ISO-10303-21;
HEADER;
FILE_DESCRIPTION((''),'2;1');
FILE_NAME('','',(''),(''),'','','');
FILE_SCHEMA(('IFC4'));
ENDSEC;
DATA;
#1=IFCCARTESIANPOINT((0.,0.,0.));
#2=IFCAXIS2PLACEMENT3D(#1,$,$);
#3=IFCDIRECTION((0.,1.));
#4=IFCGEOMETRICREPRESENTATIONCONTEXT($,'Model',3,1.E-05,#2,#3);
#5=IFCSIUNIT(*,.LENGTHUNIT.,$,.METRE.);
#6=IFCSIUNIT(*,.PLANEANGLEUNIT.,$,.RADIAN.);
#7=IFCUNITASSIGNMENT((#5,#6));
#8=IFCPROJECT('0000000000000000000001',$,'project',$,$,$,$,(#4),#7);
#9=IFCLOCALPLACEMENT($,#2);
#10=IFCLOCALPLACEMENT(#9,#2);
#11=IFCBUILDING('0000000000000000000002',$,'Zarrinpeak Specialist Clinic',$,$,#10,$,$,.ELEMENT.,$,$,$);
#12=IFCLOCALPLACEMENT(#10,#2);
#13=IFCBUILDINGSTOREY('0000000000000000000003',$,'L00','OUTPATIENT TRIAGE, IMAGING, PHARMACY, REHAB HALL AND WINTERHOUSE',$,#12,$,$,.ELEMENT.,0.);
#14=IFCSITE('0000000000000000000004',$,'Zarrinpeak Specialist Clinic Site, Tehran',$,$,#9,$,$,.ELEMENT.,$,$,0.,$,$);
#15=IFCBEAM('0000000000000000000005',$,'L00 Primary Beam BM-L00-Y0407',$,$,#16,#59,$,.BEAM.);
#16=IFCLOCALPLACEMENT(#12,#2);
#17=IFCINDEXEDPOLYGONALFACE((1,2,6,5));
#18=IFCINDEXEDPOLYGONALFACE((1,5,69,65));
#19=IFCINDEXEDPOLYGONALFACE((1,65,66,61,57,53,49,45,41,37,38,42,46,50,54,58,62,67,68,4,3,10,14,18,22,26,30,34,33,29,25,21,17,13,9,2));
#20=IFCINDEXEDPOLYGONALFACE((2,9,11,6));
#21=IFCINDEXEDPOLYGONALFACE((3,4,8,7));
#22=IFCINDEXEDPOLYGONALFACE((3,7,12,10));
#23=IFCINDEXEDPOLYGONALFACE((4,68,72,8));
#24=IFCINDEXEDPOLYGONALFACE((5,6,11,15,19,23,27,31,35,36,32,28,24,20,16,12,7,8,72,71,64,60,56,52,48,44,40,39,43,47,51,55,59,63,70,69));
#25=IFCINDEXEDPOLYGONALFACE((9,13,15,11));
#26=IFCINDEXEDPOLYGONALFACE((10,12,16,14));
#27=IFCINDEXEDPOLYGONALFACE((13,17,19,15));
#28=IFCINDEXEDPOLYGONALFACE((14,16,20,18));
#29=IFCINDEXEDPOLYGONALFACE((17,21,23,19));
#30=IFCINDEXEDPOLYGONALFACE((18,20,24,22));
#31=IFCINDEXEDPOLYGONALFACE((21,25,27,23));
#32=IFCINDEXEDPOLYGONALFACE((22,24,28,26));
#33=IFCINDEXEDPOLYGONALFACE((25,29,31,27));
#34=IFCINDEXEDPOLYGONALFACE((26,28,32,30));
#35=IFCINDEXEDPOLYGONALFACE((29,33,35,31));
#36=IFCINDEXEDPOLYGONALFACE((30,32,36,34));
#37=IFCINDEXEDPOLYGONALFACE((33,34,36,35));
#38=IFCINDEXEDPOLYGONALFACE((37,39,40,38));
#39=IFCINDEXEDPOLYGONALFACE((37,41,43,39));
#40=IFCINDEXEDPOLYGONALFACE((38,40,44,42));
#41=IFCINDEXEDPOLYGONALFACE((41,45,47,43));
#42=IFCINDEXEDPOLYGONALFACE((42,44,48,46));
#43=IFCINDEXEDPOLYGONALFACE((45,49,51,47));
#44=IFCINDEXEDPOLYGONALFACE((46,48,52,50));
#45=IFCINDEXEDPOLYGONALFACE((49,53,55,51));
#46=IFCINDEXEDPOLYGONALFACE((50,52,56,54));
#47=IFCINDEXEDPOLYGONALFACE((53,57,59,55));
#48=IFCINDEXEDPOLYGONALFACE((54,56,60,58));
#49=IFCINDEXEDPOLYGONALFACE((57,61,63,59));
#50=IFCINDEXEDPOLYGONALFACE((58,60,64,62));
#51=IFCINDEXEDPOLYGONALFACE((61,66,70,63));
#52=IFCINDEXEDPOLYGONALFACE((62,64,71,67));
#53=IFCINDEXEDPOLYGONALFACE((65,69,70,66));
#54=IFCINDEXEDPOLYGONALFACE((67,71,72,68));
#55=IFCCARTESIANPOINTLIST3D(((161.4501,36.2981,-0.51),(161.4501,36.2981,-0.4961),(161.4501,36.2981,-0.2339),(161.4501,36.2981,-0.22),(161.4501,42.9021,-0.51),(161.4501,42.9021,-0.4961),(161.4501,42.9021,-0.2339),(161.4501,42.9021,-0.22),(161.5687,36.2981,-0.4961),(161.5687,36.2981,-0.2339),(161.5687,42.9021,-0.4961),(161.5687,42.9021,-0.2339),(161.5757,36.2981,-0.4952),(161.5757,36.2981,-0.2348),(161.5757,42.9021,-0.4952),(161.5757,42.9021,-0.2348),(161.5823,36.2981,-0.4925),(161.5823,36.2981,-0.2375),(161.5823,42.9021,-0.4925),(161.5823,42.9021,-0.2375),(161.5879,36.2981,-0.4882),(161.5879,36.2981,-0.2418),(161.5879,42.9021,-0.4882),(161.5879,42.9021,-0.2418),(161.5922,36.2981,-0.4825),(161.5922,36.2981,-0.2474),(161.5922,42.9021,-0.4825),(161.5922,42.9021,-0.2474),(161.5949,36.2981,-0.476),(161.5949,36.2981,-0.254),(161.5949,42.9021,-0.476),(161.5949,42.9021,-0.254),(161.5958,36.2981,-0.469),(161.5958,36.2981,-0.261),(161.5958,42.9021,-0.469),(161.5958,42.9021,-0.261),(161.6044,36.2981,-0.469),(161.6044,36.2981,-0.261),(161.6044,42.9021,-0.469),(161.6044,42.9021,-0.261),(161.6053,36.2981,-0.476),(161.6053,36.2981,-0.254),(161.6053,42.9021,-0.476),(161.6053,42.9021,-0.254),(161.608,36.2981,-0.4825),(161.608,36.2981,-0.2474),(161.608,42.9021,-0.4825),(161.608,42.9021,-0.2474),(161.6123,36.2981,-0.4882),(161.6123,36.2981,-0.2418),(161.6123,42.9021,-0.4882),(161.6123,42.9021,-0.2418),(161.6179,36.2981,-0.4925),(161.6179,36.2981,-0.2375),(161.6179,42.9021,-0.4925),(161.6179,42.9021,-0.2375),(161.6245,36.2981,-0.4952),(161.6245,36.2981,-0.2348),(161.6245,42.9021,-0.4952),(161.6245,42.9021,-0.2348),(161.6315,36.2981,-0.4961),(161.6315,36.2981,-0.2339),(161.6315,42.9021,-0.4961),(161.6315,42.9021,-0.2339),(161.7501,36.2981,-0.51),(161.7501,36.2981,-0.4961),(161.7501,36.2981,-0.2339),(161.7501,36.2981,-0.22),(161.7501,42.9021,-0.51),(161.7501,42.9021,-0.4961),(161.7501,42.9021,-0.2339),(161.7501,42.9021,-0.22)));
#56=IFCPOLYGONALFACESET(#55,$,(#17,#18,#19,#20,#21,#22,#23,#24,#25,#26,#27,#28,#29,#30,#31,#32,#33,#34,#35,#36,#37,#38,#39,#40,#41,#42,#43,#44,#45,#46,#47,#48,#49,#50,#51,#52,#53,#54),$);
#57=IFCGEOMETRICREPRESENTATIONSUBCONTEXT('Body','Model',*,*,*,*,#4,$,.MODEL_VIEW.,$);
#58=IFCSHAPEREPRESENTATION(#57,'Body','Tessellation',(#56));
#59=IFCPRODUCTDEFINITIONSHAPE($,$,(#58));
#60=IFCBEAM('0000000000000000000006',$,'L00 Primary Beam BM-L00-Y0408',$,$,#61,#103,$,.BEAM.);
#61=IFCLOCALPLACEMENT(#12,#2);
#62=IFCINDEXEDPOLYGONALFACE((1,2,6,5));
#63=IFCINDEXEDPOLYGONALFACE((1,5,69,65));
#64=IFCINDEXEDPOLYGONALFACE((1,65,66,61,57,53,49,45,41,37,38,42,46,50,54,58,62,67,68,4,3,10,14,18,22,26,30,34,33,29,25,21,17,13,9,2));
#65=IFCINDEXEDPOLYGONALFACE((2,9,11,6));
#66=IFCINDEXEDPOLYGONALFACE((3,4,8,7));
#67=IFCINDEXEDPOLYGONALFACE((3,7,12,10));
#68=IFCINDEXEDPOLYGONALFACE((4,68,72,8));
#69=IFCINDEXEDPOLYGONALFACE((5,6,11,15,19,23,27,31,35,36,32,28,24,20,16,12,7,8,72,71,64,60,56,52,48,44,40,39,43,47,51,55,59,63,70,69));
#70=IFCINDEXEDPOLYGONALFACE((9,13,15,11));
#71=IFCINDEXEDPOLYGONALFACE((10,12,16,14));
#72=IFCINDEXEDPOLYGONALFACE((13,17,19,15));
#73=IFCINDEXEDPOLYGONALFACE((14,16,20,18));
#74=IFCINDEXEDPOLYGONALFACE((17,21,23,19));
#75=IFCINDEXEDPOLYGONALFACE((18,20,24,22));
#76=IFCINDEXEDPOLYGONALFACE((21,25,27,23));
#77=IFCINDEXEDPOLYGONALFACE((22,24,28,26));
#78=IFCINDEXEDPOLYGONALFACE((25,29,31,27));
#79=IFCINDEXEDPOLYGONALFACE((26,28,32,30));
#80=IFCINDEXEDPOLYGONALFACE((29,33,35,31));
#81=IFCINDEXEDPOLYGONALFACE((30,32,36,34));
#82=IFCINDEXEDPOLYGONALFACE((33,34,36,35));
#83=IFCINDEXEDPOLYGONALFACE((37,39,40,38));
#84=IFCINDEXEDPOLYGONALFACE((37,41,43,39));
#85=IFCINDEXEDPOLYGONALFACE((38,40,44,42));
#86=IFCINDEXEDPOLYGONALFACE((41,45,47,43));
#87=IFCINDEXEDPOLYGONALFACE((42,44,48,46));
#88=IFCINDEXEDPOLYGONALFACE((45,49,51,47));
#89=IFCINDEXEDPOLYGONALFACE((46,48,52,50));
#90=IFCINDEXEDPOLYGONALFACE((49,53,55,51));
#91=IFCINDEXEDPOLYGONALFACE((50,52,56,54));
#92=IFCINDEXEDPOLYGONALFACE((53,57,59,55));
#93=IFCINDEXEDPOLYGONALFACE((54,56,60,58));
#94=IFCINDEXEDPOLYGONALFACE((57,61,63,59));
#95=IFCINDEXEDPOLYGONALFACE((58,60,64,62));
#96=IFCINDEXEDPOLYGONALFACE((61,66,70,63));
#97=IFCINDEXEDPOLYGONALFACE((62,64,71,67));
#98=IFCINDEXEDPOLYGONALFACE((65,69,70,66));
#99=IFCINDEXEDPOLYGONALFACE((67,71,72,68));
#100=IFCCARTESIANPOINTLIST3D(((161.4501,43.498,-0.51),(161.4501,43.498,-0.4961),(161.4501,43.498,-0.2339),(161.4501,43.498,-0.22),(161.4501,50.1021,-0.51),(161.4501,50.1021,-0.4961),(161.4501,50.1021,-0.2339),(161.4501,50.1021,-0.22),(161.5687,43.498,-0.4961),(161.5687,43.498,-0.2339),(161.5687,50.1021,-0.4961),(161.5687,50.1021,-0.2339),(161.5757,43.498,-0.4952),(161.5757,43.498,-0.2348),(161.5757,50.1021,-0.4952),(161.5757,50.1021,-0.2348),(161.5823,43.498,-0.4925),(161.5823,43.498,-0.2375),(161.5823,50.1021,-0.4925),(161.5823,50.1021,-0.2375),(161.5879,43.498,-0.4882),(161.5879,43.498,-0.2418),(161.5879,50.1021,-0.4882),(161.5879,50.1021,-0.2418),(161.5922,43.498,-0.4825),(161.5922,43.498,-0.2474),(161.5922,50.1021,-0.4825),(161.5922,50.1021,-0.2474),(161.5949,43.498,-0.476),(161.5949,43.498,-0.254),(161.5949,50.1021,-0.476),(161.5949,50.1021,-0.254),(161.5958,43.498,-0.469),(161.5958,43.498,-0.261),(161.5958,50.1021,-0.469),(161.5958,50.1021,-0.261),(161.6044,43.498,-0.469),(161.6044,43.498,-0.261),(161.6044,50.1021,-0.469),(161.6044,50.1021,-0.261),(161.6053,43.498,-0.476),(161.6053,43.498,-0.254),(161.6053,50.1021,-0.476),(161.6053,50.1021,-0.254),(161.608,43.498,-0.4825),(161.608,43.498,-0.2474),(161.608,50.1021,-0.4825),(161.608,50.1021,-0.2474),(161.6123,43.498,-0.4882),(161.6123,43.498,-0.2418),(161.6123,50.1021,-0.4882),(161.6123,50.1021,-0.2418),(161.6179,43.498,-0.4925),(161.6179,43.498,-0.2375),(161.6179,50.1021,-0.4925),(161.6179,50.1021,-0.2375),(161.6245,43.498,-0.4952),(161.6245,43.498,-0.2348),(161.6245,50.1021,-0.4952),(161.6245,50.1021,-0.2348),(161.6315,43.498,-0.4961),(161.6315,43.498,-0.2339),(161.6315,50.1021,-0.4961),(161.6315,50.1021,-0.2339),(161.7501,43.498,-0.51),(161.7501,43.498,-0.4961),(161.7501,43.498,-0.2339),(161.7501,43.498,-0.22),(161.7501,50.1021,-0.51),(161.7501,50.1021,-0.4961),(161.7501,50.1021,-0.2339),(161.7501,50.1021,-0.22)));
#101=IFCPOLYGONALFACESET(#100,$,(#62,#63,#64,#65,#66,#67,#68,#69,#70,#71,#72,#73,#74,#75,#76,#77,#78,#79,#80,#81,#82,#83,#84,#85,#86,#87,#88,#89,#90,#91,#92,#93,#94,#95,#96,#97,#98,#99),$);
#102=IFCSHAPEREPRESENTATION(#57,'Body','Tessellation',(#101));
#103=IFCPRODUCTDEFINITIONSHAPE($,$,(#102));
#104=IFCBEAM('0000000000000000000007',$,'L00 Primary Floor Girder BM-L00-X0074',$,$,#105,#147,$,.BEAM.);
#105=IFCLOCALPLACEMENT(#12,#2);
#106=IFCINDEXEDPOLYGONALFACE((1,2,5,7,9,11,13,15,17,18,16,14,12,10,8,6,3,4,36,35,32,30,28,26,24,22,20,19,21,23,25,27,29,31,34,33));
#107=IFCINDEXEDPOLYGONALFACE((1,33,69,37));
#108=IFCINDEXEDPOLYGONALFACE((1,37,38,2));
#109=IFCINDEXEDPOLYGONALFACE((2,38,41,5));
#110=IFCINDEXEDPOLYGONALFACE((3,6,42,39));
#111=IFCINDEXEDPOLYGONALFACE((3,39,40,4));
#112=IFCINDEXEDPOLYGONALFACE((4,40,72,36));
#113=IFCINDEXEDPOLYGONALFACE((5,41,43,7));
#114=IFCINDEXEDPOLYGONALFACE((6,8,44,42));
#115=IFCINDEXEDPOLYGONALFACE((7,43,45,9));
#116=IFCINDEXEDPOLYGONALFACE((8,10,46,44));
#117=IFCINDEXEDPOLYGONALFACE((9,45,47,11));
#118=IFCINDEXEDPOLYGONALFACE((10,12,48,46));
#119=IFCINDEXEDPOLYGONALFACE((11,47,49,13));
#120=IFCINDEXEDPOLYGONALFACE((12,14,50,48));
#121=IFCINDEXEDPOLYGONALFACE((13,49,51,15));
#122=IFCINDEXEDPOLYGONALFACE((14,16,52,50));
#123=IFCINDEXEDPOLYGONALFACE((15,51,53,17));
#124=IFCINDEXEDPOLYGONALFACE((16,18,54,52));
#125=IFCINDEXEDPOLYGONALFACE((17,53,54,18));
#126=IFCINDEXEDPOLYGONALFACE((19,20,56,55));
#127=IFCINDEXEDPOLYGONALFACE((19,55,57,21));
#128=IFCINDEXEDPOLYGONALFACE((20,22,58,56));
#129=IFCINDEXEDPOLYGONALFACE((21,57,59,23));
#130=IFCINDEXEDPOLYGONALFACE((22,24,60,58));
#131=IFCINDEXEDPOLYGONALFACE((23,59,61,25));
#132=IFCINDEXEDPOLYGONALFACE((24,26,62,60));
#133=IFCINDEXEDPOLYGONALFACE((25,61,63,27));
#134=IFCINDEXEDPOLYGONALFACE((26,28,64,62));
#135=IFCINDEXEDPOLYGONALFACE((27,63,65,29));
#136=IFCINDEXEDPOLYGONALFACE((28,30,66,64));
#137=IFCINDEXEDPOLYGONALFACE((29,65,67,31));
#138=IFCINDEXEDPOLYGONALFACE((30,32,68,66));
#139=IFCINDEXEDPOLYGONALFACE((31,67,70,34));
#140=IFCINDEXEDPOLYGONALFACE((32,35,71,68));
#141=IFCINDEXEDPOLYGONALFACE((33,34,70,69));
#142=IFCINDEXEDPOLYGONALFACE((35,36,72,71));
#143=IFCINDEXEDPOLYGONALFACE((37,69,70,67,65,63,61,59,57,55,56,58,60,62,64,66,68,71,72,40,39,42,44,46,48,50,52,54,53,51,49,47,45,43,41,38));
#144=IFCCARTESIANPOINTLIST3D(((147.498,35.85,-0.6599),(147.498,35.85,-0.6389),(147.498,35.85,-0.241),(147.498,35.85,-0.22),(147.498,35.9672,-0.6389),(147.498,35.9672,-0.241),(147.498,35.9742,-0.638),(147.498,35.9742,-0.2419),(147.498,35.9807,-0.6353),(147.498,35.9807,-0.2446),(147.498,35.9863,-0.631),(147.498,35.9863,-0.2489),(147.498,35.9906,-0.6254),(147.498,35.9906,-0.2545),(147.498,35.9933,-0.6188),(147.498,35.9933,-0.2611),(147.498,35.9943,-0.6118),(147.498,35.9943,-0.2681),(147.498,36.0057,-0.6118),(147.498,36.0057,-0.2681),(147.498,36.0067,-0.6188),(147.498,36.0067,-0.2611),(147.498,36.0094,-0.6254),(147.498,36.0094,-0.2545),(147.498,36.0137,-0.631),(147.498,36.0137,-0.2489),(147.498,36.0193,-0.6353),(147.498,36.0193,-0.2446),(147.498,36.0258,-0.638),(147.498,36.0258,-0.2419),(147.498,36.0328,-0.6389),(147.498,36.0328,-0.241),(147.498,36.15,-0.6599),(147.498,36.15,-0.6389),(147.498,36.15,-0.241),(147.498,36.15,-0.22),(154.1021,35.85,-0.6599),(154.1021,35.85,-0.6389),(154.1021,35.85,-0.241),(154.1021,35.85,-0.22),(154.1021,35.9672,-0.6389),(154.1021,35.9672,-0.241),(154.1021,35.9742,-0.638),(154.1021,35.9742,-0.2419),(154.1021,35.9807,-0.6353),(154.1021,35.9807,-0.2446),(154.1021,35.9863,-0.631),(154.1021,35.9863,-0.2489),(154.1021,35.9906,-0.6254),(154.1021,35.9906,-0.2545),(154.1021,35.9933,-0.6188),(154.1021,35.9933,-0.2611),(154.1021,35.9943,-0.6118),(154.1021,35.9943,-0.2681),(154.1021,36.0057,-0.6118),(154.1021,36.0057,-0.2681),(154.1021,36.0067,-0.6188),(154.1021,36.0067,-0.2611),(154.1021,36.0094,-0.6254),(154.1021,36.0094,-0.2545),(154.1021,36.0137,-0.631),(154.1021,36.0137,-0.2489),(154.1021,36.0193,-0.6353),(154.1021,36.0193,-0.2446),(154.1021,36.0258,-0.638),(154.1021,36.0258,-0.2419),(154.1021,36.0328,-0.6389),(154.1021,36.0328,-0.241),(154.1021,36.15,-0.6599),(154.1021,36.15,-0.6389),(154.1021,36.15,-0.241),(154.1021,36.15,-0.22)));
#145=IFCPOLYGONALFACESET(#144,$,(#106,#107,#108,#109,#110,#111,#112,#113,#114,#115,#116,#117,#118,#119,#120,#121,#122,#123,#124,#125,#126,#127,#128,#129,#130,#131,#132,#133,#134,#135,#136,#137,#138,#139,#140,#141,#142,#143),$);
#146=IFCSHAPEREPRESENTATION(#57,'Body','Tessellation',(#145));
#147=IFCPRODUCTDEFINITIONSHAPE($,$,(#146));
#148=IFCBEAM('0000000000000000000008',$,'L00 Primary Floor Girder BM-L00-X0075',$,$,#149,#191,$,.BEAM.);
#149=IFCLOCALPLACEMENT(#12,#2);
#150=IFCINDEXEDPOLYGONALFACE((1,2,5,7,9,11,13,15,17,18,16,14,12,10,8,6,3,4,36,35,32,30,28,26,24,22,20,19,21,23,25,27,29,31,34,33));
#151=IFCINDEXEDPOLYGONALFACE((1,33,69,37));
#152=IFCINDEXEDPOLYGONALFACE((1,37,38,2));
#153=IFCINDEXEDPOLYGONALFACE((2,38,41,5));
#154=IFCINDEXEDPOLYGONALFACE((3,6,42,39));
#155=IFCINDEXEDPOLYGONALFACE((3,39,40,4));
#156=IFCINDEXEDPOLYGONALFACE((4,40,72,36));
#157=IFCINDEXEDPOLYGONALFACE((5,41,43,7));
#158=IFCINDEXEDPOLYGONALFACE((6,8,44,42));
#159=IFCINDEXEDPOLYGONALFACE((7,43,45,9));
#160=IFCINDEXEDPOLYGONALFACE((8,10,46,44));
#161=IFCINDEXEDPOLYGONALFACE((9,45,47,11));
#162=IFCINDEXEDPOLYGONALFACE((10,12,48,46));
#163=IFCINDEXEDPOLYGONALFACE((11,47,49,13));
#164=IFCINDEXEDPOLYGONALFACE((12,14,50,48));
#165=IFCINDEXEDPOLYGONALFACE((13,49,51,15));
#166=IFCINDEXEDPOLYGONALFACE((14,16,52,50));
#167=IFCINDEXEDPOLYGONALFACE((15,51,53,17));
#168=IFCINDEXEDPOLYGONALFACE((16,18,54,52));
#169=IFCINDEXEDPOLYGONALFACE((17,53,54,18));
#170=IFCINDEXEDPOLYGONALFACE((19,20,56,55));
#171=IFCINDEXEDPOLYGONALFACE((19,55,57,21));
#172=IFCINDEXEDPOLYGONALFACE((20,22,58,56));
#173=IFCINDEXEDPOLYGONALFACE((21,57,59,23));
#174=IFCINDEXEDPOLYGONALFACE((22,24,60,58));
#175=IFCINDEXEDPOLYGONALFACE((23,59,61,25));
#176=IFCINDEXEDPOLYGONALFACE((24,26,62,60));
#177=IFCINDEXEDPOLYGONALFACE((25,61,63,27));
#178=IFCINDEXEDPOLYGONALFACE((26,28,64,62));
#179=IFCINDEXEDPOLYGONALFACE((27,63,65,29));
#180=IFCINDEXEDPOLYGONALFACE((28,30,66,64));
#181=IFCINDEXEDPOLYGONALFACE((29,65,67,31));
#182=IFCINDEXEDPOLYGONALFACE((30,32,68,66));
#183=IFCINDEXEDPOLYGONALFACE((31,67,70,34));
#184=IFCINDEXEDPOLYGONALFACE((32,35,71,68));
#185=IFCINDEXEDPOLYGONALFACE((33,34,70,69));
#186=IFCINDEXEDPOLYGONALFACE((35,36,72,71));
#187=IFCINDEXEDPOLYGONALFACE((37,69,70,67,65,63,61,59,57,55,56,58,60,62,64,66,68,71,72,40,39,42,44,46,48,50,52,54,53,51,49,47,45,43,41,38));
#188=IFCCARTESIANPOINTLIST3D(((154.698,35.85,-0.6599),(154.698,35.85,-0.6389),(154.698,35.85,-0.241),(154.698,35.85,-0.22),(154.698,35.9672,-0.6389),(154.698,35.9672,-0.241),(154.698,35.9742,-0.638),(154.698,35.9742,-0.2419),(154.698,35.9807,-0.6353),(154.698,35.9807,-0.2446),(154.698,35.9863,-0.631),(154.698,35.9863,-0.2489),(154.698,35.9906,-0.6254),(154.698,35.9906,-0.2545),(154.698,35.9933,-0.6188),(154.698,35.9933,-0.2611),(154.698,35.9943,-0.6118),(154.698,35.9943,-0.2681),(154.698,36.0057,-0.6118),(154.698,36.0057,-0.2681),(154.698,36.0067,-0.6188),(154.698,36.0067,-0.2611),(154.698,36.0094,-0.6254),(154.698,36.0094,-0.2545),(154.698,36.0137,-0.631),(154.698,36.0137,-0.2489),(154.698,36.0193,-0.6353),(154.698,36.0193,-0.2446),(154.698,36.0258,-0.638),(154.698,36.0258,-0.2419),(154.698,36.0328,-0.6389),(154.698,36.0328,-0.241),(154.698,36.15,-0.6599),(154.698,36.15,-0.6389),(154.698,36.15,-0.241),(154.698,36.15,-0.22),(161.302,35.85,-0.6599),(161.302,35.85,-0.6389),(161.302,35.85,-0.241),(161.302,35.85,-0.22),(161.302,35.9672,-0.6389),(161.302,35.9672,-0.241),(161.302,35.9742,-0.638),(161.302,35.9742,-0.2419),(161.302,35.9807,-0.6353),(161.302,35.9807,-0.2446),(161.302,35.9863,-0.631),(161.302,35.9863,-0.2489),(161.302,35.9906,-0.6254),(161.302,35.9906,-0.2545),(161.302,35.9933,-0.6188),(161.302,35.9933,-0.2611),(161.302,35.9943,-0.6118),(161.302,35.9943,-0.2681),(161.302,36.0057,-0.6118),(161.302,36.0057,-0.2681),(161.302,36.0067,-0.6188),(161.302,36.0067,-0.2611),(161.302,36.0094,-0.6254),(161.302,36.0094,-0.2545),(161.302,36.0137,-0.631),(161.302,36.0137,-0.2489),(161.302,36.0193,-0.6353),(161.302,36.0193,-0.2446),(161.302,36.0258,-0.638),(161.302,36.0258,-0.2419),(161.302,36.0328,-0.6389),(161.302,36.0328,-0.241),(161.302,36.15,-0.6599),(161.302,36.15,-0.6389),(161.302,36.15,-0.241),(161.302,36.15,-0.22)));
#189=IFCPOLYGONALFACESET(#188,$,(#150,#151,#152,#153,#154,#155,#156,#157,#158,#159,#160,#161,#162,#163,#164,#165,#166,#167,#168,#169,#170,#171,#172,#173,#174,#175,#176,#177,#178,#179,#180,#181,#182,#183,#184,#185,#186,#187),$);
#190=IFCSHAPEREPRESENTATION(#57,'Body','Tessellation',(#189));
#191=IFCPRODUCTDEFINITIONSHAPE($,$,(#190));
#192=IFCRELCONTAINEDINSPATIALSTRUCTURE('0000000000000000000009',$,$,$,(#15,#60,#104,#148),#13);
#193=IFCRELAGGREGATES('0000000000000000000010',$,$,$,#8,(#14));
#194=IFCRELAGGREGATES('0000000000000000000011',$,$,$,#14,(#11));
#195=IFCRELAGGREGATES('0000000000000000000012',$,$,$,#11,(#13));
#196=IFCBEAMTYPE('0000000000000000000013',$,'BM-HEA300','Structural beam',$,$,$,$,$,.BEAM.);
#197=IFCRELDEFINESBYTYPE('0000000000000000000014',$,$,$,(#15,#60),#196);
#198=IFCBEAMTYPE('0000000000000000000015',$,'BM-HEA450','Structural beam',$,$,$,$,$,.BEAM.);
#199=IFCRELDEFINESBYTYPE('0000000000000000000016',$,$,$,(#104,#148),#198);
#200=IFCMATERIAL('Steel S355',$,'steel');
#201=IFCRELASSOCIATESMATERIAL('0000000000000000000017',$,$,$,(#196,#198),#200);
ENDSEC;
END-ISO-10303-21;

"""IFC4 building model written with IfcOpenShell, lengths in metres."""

from ifc_helpers import new_model, si_unit, direction, frame, origin, origin_2d, place, context, subcontext, project, spatial, i_section, extrude, material, material_profile, profile_set, type_object, element, save


model = new_model("IFC4")

# Units and contexts
model_context = context("Model", 3, precision=1e-05, world=origin(), true_north=direction((0.0, 1.0)))
body_context = subcontext(model_context, "Body", "Model", "MODEL_VIEW")
ifc_project = project(units=[si_unit("LENGTHUNIT", "METRE"), si_unit("PLANEANGLEUNIT", "RADIAN")], contexts=[model_context])

# Site, building, storey
site_placement = place(None, origin())
site = spatial("IfcSite", under=ifc_project, at=site_placement, Name="Zarrinpeak Specialist Clinic Site, Tehran", CompositionType="ELEMENT", RefElevation=0.0)
building_placement = place(site_placement, origin())
building = spatial("IfcBuilding", under=site, at=building_placement, Name="Zarrinpeak Specialist Clinic", CompositionType="ELEMENT")
storey_placement = place(building_placement, origin())
storey = spatial("IfcBuildingStorey", under=building, at=storey_placement, Name="L00", Description="OUTPATIENT TRIAGE, IMAGING, PHARMACY, REHAB HALL AND WINTERHOUSE", CompositionType="ELEMENT", Elevation=0.0)

# Beams
ifc_material = material(Name="Steel S355", Category="steel")
ifc_material_profile_1 = material_profile(ifc_material, i_section(OverallWidth=0.3, OverallDepth=0.29, WebThickness=0.0085, FlangeThickness=0.0139, FilletRadius=0.0271, at=origin_2d()), Name="HEA 300")
ifc_profile_set_1 = profile_set([ifc_material_profile_1], Name="Steel S355")
beam_type_1 = type_object("IfcBeamType", Name="BM-HEA300", Description="Structural beam", PredefinedType="BEAM", material=ifc_profile_set_1)
for number, where, z_axis, x_axis, name in (
    (1, (161.6001, 36.2981, -0.365), (0.0, 1.0, 0.0), (-1.0, 0.0, 0.0), "L00 Primary Beam BM-L00-Y0407"),
    (2, (161.6001, 43.498, -0.365), (0.0, 1.0, 0.0), (-1.0, 0.0, 0.0), "L00 Primary Beam BM-L00-Y0408"),
):
    element("IfcBeam", number, at=place(storey_placement, frame(where, z_axis=z_axis, x_axis=x_axis)), inside=storey, type_object=beam_type_1, Name=name, PredefinedType="BEAM", context=body_context, shape_type="SweptSolid", body=[
        extrude(i_section(OverallWidth=0.3, OverallDepth=0.29, WebThickness=0.0085, FlangeThickness=0.0139, FilletRadius=0.0271, at=origin_2d()), origin(), (0.0, 0.0, 1.0), 6.604),
    ])
ifc_material_profile_2 = material_profile(ifc_material, i_section(OverallWidth=0.3, OverallDepth=0.4399, WebThickness=0.0115, FlangeThickness=0.021, FilletRadius=0.0271, at=origin_2d()), Name="HEA 450")
ifc_profile_set_2 = profile_set([ifc_material_profile_2], Name="Steel S355")
beam_type_2 = type_object("IfcBeamType", Name="BM-HEA450", Description="Structural beam", PredefinedType="BEAM", material=ifc_profile_set_2)
for number, where, z_axis, x_axis, name in (
    (3, (147.498, 36.0, -0.4399), (1.0, 0.0, 0.0), (0.0, 1.0, 0.0), "L00 Primary Floor Girder BM-L00-X0074"),
    (4, (154.698, 36.0, -0.4399), (1.0, 0.0, 0.0), (0.0, 1.0, 0.0), "L00 Primary Floor Girder BM-L00-X0075"),
):
    element("IfcBeam", number, at=place(storey_placement, frame(where, z_axis=z_axis, x_axis=x_axis)), inside=storey, type_object=beam_type_2, Name=name, PredefinedType="BEAM", context=body_context, shape_type="SweptSolid", body=[
        extrude(i_section(OverallWidth=0.3, OverallDepth=0.4399, WebThickness=0.0115, FlangeThickness=0.021, FilletRadius=0.0271, at=origin_2d()), origin(), (0.0, 0.0, 1.0), 6.604),
    ])

save(model, "model.ifc")
